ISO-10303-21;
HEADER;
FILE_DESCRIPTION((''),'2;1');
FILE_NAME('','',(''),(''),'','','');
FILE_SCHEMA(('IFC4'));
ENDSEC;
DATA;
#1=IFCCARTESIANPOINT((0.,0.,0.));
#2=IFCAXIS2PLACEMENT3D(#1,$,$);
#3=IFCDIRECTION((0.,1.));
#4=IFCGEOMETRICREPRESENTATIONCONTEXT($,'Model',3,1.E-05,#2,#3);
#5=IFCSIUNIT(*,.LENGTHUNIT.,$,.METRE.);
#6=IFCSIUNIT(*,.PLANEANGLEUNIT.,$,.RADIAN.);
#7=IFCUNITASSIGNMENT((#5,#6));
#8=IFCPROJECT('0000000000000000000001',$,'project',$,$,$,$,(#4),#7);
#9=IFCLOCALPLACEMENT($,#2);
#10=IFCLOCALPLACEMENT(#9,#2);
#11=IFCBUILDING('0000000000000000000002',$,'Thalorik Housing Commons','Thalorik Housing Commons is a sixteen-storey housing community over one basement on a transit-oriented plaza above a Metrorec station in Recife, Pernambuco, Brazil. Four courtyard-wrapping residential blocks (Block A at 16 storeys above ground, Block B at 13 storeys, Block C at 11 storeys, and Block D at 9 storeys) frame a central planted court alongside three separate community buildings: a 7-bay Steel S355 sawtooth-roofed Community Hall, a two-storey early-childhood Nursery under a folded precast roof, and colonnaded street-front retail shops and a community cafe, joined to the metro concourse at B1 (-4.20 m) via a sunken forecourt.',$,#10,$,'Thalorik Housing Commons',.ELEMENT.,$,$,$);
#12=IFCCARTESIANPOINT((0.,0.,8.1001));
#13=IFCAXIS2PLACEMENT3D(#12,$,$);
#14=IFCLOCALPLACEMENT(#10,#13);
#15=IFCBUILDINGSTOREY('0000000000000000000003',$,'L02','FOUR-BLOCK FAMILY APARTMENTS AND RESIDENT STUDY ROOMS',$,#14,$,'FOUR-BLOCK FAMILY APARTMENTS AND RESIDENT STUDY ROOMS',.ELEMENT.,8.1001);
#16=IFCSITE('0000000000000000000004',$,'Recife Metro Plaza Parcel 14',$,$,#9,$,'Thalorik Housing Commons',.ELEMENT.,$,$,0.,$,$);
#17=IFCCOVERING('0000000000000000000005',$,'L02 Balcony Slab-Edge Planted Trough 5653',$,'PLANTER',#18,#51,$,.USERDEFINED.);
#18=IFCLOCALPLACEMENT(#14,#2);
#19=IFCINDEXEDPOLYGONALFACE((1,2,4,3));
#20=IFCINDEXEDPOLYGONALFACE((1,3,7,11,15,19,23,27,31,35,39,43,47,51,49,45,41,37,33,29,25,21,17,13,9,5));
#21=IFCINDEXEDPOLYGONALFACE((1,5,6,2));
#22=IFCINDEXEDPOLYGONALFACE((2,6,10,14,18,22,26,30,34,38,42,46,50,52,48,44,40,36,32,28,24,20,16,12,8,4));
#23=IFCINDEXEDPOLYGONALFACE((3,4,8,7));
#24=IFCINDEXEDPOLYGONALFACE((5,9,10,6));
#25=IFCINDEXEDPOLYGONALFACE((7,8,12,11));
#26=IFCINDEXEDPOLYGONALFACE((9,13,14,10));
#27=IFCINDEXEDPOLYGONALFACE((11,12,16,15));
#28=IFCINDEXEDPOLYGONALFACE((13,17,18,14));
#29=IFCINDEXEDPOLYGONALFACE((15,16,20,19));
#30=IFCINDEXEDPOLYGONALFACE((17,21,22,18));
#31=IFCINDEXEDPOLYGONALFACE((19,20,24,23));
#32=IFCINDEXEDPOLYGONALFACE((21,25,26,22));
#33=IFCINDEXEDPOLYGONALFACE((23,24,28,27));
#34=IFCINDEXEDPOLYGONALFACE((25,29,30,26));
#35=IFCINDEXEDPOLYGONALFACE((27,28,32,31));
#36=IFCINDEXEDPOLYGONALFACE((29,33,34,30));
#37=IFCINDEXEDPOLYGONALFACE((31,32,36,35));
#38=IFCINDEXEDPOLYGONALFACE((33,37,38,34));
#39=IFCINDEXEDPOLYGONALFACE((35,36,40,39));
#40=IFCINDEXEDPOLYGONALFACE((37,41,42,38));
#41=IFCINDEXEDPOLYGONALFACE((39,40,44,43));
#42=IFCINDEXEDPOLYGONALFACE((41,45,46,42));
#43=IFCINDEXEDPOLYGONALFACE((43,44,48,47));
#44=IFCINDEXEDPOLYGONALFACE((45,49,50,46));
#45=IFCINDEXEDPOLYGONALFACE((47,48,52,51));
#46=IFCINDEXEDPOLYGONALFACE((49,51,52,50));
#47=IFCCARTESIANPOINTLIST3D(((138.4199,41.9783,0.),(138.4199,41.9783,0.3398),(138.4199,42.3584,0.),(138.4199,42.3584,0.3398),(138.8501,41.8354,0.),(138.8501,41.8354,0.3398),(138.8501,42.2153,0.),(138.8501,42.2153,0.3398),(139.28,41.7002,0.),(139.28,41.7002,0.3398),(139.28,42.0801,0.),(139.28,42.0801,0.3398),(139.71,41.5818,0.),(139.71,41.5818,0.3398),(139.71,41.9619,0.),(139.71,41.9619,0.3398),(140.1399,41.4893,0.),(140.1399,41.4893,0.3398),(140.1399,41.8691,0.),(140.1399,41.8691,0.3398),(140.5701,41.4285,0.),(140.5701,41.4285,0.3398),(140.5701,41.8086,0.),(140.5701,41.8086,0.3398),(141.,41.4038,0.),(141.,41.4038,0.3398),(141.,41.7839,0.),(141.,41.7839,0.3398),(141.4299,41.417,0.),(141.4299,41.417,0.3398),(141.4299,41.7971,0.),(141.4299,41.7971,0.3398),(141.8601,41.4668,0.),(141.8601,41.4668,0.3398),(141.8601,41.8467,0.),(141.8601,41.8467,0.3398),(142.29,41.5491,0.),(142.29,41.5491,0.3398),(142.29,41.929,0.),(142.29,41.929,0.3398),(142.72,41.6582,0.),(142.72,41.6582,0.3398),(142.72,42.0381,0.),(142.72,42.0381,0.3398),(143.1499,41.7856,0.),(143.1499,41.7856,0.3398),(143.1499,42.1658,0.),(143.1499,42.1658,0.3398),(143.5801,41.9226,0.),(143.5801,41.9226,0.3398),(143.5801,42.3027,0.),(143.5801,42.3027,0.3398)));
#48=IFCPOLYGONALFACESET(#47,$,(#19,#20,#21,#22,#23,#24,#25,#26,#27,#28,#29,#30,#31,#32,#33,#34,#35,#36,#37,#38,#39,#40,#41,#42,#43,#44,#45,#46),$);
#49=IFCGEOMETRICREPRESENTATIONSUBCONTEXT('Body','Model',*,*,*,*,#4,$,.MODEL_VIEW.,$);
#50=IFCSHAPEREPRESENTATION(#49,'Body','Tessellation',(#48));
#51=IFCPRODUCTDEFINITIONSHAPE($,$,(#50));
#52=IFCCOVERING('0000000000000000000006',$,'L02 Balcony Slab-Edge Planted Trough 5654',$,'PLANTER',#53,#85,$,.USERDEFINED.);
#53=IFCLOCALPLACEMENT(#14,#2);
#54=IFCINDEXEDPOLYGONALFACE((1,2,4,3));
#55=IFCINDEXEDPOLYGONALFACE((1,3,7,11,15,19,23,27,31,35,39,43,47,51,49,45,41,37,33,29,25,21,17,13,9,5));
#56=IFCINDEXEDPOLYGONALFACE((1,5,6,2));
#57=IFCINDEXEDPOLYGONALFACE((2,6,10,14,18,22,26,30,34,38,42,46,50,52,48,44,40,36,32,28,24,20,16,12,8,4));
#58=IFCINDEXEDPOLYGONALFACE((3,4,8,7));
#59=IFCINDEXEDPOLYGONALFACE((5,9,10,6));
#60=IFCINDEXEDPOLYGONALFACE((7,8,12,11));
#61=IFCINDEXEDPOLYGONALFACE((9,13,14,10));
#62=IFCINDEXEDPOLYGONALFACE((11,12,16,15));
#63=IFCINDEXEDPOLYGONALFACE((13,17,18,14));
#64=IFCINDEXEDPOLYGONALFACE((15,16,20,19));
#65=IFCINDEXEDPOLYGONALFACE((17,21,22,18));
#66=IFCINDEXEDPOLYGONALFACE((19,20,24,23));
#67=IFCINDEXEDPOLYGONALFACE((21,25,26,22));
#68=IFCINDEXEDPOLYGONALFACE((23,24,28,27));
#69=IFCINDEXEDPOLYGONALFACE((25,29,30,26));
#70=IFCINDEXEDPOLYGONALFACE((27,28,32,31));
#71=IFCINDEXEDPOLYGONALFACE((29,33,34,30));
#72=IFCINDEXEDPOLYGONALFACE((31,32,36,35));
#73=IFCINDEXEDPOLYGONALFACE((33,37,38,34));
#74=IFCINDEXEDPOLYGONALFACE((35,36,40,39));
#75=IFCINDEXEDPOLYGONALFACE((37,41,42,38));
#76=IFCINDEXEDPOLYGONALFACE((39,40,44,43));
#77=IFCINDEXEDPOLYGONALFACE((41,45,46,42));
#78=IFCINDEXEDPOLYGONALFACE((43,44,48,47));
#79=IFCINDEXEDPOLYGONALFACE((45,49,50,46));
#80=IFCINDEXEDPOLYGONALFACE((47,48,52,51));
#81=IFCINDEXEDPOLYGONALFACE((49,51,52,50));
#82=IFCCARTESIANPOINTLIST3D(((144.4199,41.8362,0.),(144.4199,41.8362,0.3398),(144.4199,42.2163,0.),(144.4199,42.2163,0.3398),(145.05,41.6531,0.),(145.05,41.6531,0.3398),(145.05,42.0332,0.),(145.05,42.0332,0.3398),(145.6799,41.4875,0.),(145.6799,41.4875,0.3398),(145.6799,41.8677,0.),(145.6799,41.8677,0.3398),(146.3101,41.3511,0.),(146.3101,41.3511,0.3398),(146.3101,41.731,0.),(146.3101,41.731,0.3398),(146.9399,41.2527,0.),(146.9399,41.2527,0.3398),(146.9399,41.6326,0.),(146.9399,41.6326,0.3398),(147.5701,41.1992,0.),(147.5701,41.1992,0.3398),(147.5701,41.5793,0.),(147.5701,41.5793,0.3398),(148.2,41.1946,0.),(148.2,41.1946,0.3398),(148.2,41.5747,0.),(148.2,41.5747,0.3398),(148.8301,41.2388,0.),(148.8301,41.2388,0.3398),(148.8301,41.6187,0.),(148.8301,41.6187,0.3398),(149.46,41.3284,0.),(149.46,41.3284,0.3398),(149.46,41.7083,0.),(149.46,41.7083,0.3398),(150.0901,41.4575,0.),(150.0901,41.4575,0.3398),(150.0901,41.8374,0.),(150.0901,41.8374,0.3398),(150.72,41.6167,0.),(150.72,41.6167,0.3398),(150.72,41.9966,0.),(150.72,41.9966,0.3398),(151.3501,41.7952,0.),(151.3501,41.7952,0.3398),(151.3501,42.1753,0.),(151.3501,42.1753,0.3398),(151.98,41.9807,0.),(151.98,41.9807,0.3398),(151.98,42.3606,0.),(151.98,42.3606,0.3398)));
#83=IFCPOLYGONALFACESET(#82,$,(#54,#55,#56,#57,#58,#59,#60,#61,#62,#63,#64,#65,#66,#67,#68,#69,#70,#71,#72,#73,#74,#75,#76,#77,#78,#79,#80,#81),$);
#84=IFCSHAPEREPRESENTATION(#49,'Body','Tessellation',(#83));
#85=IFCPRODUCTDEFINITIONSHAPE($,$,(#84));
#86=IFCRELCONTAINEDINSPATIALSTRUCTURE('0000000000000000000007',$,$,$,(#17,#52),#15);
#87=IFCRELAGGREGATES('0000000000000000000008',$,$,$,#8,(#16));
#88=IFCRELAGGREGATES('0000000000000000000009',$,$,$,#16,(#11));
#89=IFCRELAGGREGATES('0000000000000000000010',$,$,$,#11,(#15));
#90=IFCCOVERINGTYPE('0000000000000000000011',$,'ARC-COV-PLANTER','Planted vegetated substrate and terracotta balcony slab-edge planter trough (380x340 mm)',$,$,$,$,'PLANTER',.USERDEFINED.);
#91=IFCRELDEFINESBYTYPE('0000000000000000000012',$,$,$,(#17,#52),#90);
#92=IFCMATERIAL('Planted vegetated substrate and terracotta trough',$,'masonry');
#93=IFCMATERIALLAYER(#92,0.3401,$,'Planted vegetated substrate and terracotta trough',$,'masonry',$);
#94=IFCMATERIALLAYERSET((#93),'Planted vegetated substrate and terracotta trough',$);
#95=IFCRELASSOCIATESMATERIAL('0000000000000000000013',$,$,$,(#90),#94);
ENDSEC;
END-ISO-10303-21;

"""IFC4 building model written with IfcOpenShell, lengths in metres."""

from ifc_helpers import new_model, si_unit, direction, frame, origin, place, context, subcontext, project, spatial, polyline, outline, extrude, material, layer, layer_set, type_object, element, save


model = new_model("IFC4")

# Units and contexts
model_context = context("Model", 3, precision=1e-05, world=origin(), true_north=direction((0.0, 1.0)))
body_context = subcontext(model_context, "Body", "Model", "MODEL_VIEW")
ifc_project = project(units=[si_unit("LENGTHUNIT", "METRE"), si_unit("PLANEANGLEUNIT", "RADIAN")], contexts=[model_context])

# Site, building, storey
site_placement = place(None, origin())
site = spatial("IfcSite", under=ifc_project, at=site_placement, Name="Recife Metro Plaza Parcel 14", LongName="Thalorik Housing Commons", CompositionType="ELEMENT", RefElevation=0.0)
building_placement = place(site_placement, origin())
building = spatial("IfcBuilding", under=site, at=building_placement, Name="Thalorik Housing Commons", Description="Thalorik Housing Commons is a sixteen-storey housing community over one basement on a transit-oriented plaza above a Metrorec station in Recife, Pernambuco, Brazil. Four courtyard-wrapping residential blocks (Block A at 16 storeys above ground, Block B at 13 storeys, Block C at 11 storeys, and Block D at 9 storeys) frame a central planted court alongside three separate community buildings: a 7-bay Steel S355 sawtooth-roofed Community Hall, a two-storey early-childhood Nursery under a folded precast roof, and colonnaded street-front retail shops and a community cafe, joined to the metro concourse at B1 (-4.20 m) via a sunken forecourt.", LongName="Thalorik Housing Commons", CompositionType="ELEMENT")
storey_placement = place(building_placement, frame((0.0, 0.0, 8.1001)))
storey = spatial("IfcBuildingStorey", under=building, at=storey_placement, Name="L02", Description="FOUR-BLOCK FAMILY APARTMENTS AND RESIDENT STUDY ROOMS", LongName="FOUR-BLOCK FAMILY APARTMENTS AND RESIDENT STUDY ROOMS", CompositionType="ELEMENT", Elevation=8.1001)

# Coverings
ifc_material_1 = material(Name="Planted vegetated substrate and terracotta trough", Category="masonry")
ifc_layer_1 = layer(ifc_material_1, 0.3401, Name="Planted vegetated substrate and terracotta trough", Category="masonry")
ifc_layer_set_1 = layer_set([ifc_layer_1], Name="Planted vegetated substrate and terracotta trough")
covering_type_1 = type_object("IfcCoveringType", Name="ARC-COV-PLANTER", Description="Planted vegetated substrate and terracotta balcony slab-edge planter trough (380x340 mm)", ElementType="PLANTER", PredefinedType="USERDEFINED", material=ifc_layer_set_1)
covering_1_placement = place(storey_placement, origin())
element("IfcCovering", 1, at=covering_1_placement, inside=storey, type_object=covering_type_1, Name="L02 Balcony Slab-Edge Planted Trough 5653", ObjectType="PLANTER", PredefinedType="USERDEFINED", context=body_context, shape_type="SweptSolid", body=[
    extrude(outline(polyline([(138.4199, 41.9783), (138.8501, 41.8354), (139.28, 41.7002), (139.71, 41.5818), (140.1399, 41.4893), (140.5701, 41.4285), (141.0, 41.4038), (141.4299, 41.417), (141.8601, 41.4668), (142.29, 41.5491), (142.72, 41.6582), (143.1499, 41.7856), (143.5801, 41.9226), (143.5801, 42.3027), (143.1499, 42.1658), (142.72, 42.0381), (142.29, 41.929), (141.8601, 41.8467), (141.4299, 41.7971), (141.0, 41.7839), (140.5701, 41.8086), (140.1399, 41.8691), (139.71, 41.9619), (139.28, 42.0801), (138.8501, 42.2153), (138.4199, 42.3584), (138.4199, 41.9783)])), origin(), (0.0, 0.0, 1.0), 0.3398),
])
covering_2_placement = place(storey_placement, origin())
element("IfcCovering", 2, at=covering_2_placement, inside=storey, type_object=covering_type_1, Name="L02 Balcony Slab-Edge Planted Trough 5654", ObjectType="PLANTER", PredefinedType="USERDEFINED", context=body_context, shape_type="SweptSolid", body=[
    extrude(outline(polyline([(144.4199, 41.8362), (145.05, 41.6531), (145.6799, 41.4875), (146.3101, 41.3511), (146.9399, 41.2527), (147.5701, 41.1992), (148.2, 41.1946), (148.8301, 41.2388), (149.46, 41.3284), (150.0901, 41.4575), (150.72, 41.6167), (151.3501, 41.7952), (151.98, 41.9807), (151.98, 42.3606), (151.3501, 42.1753), (150.72, 41.9966), (150.0901, 41.8374), (149.46, 41.7083), (148.8301, 41.6187), (148.2, 41.5747), (147.5701, 41.5793), (146.9399, 41.6326), (146.3101, 41.731), (145.6799, 41.8677), (145.05, 42.0332), (144.4199, 42.2163), (144.4199, 41.8362)])), origin(), (0.0, 0.0, 1.0), 0.3398),
])

save(model, "model.ifc")
